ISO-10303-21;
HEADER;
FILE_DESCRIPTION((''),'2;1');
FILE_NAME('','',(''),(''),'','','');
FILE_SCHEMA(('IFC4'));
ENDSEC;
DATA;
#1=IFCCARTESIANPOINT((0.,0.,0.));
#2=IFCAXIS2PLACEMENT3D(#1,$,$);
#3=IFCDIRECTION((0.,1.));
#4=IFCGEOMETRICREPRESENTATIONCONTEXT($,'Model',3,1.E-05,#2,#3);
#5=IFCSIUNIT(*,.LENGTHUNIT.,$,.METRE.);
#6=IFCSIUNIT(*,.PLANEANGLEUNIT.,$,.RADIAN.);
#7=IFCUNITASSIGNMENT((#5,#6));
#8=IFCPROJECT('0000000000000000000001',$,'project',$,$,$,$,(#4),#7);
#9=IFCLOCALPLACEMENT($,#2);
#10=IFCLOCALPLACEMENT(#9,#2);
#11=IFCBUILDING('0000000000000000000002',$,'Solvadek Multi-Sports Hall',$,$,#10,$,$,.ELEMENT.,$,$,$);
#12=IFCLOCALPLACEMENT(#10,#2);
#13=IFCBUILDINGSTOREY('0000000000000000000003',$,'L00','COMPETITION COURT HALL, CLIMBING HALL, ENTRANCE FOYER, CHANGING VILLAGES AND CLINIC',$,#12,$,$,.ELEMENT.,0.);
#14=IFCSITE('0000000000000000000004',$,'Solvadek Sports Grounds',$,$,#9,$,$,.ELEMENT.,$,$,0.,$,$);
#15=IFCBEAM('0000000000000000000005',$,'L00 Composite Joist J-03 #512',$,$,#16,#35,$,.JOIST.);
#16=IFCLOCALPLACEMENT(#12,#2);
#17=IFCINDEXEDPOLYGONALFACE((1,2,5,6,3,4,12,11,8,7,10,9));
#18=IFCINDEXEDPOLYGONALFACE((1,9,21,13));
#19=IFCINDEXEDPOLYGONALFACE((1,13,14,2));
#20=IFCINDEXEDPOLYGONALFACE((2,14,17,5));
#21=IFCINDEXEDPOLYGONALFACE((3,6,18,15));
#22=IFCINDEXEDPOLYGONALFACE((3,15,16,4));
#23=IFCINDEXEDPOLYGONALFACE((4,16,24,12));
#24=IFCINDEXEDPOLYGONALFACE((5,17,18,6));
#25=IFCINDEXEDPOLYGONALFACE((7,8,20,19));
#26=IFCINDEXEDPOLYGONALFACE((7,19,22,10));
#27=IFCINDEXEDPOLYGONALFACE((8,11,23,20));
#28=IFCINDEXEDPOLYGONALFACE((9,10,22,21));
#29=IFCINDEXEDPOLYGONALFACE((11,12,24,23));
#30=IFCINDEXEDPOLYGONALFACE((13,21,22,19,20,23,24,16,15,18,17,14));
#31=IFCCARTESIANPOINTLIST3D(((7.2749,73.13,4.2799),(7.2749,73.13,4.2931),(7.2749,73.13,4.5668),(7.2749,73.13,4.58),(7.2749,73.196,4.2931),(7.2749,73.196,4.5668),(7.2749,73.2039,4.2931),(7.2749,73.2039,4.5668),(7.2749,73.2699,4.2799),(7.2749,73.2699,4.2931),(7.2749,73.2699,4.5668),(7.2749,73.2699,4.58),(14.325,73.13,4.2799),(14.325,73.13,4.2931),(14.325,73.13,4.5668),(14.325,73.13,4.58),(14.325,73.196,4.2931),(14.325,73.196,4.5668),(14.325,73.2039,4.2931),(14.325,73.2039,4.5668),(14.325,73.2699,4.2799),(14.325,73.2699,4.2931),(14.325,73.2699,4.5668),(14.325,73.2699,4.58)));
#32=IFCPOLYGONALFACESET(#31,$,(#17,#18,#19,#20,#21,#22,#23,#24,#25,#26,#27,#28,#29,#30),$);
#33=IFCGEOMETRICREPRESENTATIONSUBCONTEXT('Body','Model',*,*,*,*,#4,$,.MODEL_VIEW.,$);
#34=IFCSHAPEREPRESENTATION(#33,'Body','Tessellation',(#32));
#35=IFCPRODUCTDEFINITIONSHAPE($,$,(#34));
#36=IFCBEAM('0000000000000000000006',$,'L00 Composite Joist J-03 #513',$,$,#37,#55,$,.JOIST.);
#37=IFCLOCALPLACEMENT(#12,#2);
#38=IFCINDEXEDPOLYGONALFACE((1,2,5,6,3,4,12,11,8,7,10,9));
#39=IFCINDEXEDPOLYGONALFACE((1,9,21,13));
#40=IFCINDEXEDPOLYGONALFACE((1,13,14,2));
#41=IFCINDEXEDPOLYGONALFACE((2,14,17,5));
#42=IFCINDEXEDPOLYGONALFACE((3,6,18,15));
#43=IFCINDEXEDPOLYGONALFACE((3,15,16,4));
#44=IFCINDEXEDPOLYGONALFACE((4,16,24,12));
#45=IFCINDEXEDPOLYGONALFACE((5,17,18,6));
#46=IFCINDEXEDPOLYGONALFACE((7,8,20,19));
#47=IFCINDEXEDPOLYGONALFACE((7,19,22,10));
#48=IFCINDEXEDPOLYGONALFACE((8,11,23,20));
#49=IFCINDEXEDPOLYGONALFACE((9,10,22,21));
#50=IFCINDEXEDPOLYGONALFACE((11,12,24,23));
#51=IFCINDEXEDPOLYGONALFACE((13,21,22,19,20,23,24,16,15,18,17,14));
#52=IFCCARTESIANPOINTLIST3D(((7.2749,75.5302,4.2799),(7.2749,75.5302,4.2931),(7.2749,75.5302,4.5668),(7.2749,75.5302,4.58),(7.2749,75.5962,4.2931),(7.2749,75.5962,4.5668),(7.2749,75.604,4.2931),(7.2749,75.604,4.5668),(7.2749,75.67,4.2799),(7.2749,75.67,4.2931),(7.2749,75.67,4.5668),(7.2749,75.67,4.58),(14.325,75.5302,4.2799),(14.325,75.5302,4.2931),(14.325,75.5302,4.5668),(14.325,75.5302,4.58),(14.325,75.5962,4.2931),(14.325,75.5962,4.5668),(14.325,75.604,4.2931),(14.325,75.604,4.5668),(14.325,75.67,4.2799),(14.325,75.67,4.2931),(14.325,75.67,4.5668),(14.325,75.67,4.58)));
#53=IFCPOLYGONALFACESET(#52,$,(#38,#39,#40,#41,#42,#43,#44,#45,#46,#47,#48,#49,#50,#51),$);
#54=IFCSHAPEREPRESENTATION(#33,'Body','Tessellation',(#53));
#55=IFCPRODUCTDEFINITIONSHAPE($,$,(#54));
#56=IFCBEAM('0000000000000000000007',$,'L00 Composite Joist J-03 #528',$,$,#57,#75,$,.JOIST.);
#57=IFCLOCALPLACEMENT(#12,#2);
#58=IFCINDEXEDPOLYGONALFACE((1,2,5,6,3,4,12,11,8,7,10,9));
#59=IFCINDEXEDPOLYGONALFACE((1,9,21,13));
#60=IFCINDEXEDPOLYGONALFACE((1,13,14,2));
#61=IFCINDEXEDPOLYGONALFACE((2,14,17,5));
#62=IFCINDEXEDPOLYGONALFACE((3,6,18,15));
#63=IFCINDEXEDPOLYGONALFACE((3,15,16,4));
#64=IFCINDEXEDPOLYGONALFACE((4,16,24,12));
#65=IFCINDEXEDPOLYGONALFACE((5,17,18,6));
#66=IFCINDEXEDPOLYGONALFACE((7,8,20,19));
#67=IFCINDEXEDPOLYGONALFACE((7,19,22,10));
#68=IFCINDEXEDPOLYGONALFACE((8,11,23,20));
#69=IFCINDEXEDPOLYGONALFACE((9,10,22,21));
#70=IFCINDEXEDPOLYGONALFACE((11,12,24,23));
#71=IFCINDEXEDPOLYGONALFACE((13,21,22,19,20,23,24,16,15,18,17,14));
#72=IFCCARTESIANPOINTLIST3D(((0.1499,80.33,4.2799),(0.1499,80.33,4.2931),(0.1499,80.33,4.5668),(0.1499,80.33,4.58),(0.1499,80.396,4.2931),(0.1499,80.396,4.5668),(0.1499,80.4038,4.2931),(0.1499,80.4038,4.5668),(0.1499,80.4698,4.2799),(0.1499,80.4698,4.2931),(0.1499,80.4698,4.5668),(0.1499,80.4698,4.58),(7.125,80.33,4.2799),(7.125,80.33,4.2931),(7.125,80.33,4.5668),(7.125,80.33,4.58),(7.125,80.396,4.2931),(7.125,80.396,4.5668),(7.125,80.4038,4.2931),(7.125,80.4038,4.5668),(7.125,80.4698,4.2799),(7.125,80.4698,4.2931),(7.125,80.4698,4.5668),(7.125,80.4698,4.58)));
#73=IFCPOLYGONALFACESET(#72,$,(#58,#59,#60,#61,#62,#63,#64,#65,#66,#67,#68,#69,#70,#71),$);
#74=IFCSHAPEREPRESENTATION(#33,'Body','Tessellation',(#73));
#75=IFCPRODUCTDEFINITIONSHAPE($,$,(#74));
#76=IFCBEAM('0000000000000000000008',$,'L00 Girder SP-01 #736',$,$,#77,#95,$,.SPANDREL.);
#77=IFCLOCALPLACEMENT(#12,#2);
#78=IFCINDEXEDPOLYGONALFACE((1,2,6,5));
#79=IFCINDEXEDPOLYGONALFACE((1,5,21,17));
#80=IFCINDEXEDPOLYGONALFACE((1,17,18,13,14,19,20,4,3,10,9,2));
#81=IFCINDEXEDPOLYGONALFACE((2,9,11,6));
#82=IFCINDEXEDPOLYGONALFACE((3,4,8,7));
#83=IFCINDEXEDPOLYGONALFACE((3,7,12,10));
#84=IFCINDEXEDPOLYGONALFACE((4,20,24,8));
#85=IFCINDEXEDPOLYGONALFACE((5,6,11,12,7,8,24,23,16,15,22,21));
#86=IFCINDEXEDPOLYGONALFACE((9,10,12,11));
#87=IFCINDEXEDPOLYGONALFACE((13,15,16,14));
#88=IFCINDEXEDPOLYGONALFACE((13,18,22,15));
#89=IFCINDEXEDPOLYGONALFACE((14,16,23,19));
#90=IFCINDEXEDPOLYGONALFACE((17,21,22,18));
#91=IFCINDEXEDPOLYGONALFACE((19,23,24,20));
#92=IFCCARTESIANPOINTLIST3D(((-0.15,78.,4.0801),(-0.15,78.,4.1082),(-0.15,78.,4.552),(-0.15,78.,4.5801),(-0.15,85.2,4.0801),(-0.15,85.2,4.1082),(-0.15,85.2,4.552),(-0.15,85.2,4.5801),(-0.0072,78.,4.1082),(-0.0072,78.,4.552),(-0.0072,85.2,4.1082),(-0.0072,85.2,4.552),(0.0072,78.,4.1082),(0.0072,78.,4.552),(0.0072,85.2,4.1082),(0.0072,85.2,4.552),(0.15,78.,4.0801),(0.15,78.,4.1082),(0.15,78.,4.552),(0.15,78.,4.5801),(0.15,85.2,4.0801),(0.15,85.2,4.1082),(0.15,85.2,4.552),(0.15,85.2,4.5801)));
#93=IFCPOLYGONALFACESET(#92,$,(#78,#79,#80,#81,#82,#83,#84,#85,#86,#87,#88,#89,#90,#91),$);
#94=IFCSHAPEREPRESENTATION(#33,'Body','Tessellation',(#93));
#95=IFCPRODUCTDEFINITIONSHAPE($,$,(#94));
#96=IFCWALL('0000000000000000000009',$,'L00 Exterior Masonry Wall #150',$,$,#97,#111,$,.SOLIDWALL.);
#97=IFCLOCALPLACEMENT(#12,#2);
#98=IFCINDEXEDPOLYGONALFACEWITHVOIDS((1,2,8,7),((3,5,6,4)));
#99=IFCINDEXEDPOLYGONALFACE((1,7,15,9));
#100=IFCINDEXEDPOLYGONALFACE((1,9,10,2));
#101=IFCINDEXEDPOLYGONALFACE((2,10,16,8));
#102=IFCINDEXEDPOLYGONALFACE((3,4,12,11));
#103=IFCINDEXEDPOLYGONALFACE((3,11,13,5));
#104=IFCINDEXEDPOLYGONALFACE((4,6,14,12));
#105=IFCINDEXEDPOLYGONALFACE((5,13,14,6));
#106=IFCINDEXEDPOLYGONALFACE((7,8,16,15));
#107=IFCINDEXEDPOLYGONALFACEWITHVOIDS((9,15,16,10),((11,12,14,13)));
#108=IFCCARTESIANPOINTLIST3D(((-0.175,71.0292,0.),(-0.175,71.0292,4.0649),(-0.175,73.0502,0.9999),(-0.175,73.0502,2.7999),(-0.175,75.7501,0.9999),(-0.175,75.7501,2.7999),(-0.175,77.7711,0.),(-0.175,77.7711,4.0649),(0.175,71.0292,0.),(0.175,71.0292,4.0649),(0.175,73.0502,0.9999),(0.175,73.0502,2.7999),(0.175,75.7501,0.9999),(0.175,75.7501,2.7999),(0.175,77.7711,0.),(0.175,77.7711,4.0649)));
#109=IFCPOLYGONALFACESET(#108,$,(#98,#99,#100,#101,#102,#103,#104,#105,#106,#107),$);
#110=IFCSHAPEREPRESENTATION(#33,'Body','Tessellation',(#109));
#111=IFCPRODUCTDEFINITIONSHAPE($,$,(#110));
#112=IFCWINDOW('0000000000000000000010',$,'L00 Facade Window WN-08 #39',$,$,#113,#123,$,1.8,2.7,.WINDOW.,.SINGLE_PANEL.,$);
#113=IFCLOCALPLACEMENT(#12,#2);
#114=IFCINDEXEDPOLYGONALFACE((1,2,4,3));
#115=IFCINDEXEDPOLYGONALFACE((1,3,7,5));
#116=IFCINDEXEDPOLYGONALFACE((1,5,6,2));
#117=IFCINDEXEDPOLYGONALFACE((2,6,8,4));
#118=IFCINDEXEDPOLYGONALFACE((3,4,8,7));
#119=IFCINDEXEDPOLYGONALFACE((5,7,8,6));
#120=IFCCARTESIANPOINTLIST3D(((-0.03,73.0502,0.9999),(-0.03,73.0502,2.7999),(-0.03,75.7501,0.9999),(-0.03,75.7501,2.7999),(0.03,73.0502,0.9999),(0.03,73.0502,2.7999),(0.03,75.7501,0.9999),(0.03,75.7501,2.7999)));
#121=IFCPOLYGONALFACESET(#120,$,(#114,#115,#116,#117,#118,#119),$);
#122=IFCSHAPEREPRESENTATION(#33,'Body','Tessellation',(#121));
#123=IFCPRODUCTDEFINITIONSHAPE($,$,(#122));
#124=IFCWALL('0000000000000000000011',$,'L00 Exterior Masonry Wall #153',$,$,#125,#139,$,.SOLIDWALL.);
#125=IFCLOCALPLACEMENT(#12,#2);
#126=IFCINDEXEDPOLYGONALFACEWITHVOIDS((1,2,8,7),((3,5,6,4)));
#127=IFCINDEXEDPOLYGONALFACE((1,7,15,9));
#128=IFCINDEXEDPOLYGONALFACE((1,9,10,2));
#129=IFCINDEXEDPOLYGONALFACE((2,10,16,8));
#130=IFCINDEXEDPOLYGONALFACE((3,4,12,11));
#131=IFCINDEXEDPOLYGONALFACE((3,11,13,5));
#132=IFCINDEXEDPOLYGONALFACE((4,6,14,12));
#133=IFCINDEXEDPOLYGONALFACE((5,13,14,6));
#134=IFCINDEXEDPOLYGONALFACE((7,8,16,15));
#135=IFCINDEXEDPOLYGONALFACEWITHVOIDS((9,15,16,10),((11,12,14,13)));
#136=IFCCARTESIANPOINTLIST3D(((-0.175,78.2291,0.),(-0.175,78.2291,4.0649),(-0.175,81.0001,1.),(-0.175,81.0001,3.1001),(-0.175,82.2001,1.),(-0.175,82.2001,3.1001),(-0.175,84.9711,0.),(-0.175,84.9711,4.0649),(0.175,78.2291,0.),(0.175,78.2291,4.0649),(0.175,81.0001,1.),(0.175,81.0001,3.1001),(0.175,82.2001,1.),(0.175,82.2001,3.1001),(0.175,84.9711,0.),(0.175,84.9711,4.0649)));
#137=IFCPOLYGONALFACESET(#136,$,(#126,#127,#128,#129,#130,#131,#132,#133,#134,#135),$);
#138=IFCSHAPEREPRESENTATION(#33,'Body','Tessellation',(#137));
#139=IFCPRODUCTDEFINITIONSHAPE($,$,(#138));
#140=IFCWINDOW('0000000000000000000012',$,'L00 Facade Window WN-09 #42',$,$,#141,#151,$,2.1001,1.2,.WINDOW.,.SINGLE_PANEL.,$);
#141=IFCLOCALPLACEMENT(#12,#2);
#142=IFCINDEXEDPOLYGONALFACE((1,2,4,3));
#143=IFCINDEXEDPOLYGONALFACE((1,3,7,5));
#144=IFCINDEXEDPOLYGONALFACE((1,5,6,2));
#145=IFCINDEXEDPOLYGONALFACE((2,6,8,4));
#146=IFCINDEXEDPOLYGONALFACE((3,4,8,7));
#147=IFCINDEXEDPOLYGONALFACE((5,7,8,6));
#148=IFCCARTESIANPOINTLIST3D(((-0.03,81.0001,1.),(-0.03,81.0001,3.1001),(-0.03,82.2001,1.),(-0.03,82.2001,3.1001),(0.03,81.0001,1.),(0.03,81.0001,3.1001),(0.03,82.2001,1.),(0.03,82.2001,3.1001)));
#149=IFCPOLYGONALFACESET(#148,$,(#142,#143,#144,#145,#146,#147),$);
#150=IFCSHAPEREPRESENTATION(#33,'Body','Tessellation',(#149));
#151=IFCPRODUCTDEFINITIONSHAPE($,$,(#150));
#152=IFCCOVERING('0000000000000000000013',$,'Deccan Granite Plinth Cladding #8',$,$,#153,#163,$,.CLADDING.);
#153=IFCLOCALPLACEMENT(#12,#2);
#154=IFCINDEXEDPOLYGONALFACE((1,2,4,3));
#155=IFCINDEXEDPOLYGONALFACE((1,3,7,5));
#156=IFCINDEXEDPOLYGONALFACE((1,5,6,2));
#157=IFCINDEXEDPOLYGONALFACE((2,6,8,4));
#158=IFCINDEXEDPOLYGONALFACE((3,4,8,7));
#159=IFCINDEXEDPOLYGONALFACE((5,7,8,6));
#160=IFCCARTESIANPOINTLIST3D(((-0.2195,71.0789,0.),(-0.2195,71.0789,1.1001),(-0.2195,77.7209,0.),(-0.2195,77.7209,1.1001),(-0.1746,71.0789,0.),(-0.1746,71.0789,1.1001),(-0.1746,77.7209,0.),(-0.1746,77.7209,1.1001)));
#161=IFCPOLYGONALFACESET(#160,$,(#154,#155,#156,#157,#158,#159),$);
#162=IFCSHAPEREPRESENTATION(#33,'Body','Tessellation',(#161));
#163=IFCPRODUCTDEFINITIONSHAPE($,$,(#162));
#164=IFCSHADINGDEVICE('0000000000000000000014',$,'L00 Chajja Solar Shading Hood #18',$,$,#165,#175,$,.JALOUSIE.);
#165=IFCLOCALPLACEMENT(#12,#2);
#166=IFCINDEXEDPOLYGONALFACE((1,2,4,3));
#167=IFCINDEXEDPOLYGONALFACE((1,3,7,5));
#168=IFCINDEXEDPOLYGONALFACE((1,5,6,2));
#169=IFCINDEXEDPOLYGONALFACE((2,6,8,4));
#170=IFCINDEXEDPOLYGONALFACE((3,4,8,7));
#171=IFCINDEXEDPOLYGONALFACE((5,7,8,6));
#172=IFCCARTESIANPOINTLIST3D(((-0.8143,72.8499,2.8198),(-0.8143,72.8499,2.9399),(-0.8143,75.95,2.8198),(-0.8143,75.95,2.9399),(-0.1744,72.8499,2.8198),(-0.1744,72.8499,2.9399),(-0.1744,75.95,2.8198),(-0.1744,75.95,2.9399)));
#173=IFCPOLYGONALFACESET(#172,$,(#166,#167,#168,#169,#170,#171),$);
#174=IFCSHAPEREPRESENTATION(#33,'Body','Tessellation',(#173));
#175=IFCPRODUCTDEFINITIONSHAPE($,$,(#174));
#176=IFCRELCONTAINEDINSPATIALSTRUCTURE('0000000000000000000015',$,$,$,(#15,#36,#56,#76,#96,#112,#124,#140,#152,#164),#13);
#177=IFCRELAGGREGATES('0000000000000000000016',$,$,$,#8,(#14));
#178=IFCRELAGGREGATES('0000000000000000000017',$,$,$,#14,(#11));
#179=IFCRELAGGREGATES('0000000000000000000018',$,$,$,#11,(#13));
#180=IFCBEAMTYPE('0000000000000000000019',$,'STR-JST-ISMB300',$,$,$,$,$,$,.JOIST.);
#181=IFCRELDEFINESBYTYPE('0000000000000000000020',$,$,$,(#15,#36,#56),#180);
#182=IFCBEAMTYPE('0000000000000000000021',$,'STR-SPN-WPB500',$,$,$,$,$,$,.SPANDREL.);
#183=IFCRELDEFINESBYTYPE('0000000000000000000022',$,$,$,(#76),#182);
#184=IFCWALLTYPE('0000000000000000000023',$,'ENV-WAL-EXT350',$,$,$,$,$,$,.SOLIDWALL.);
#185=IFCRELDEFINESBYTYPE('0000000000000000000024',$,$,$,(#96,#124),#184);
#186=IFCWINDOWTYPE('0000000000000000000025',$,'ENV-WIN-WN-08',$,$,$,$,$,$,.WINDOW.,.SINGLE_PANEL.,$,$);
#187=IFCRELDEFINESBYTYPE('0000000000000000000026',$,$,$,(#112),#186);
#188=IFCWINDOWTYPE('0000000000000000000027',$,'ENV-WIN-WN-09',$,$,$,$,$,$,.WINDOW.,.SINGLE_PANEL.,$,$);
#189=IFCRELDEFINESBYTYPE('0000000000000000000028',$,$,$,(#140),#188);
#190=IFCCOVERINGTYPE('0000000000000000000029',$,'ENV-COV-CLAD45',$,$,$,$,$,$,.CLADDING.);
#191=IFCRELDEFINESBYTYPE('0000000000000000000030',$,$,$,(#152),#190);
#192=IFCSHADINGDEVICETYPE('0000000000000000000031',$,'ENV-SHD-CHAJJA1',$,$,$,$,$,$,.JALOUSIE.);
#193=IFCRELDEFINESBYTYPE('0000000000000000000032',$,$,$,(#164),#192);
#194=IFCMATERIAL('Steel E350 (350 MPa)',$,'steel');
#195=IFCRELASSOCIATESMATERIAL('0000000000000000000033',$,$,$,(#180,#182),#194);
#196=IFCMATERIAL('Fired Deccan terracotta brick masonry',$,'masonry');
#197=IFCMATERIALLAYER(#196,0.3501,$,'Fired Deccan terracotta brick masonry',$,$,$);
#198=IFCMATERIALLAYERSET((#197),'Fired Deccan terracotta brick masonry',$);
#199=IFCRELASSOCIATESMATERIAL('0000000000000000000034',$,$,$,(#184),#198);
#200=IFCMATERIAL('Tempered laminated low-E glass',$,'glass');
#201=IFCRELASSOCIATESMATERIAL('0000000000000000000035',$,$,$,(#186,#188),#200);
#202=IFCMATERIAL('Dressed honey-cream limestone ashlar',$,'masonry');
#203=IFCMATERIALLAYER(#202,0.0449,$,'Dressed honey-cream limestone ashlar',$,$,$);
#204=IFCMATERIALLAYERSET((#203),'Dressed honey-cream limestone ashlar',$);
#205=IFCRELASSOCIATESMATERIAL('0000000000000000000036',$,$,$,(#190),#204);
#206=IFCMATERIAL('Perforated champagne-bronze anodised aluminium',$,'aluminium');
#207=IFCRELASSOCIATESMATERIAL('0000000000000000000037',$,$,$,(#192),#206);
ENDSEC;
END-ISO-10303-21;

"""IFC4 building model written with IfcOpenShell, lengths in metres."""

from ifc_helpers import new_model, si_unit, direction, frame, frame_2d, origin, origin_2d, place, context, subcontext, project, spatial, rectangle, i_section, extrude, material, layer, layer_set, material_profile, profile_set, type_object, element, fill, save


model = new_model("IFC4")

# Units and contexts
model_context = context("Model", 3, precision=1e-05, world=origin(), true_north=direction((0.0, 1.0)))
body_context = subcontext(model_context, "Body", "Model", "MODEL_VIEW")
ifc_project = project(units=[si_unit("LENGTHUNIT", "METRE"), si_unit("PLANEANGLEUNIT", "RADIAN")], contexts=[model_context])

# Site, building, storey
site_placement = place(None, origin())
site = spatial("IfcSite", under=ifc_project, at=site_placement, Name="Solvadek Sports Grounds", CompositionType="ELEMENT", RefElevation=0.0)
building_placement = place(site_placement, origin())
building = spatial("IfcBuilding", under=site, at=building_placement, Name="Solvadek Multi-Sports Hall", CompositionType="ELEMENT")
storey_placement = place(building_placement, origin())
storey = spatial("IfcBuildingStorey", under=building, at=storey_placement, Name="L00", Description="COMPETITION COURT HALL, CLIMBING HALL, ENTRANCE FOYER, CHANGING VILLAGES AND CLINIC", CompositionType="ELEMENT", Elevation=0.0)

# Shared definitions
ifc_material_1 = material(Name="Steel E350 (350 MPa)", Category="steel")

# Beams
ifc_material_profile_1 = material_profile(ifc_material_1, i_section(OverallWidth=0.1399, OverallDepth=0.3, WebThickness=0.0078, FlangeThickness=0.0132, at=origin_2d()), Name="ISMB 300")
ifc_profile_set_1 = profile_set([ifc_material_profile_1], Name="Steel E350 (350 MPa)")
beam_type_1 = type_object("IfcBeamType", Name="STR-JST-ISMB300", PredefinedType="JOIST", material=ifc_profile_set_1)
for number, where, z_axis, x_axis, name in (
    (1, (7.2749, 73.2, 4.4299), (1.0, 0.0, 0.0), (0.0, 1.0, 0.0), "L00 Composite Joist J-03 #512"),
    (2, (7.2749, 75.6001, 4.4299), (1.0, 0.0, 0.0), (0.0, 1.0, 0.0), "L00 Composite Joist J-03 #513"),
):
    element("IfcBeam", number, at=place(storey_placement, frame(where, z_axis=z_axis, x_axis=x_axis)), inside=storey, type_object=beam_type_1, Name=name, PredefinedType="JOIST", context=body_context, shape_type="SweptSolid", body=[
        extrude(i_section(OverallWidth=0.1399, OverallDepth=0.3, WebThickness=0.0078, FlangeThickness=0.0132, at=origin_2d()), origin(), (0.0, 0.0, 1.0), 7.05),
    ])
beam_1_placement = place(storey_placement, frame((0.1499, 80.3999, 4.4299), z_axis=(1.0, 0.0, 0.0), x_axis=(0.0, 1.0, 0.0)))
element("IfcBeam", 3, at=beam_1_placement, inside=storey, type_object=beam_type_1, Name="L00 Composite Joist J-03 #528", PredefinedType="JOIST", context=body_context, shape_type="SweptSolid", body=[
    extrude(i_section(OverallWidth=0.1399, OverallDepth=0.3, WebThickness=0.0078, FlangeThickness=0.0132, at=origin_2d()), origin(), (0.0, 0.0, 1.0), 6.9751),
])
ifc_material_profile_2 = material_profile(ifc_material_1, i_section(OverallWidth=0.3, OverallDepth=0.5, WebThickness=0.0144, FlangeThickness=0.0281, at=origin_2d()), Name="WPB 500")
ifc_profile_set_2 = profile_set([ifc_material_profile_2], Name="Steel E350 (350 MPa)")
beam_type_2 = type_object("IfcBeamType", Name="STR-SPN-WPB500", PredefinedType="SPANDREL", material=ifc_profile_set_2)
beam_2_placement = place(storey_placement, frame((0.0, 78.0, 4.3301), z_axis=(0.0, 1.0, 0.0), x_axis=(-1.0, 0.0, 0.0)))
element("IfcBeam", 4, at=beam_2_placement, inside=storey, type_object=beam_type_2, Name="L00 Girder SP-01 #736", PredefinedType="SPANDREL", context=body_context, shape_type="SweptSolid", body=[
    extrude(i_section(OverallWidth=0.3, OverallDepth=0.5, WebThickness=0.0144, FlangeThickness=0.0281, at=origin_2d()), origin(), (0.0, 0.0, 1.0), 7.2),
])

# Walls, openings, windows
ifc_material_2 = material(Name="Fired Deccan terracotta brick masonry", Category="masonry")
ifc_layer_1 = layer(ifc_material_2, 0.3501, Name="Fired Deccan terracotta brick masonry")
ifc_layer_set_1 = layer_set([ifc_layer_1], Name="Fired Deccan terracotta brick masonry")
wall_type = type_object("IfcWallType", Name="ENV-WAL-EXT350", PredefinedType="SOLIDWALL", material=ifc_layer_set_1)
wall_1_placement = place(storey_placement, frame((0.0, 71.0291, 0.0), z_axis=(0.0, 0.0, 1.0), x_axis=(0.0, 1.0, 0.0)))
wall_1 = element("IfcWall", 5, at=wall_1_placement, inside=storey, type_object=wall_type, Name="L00 Exterior Masonry Wall #150", PredefinedType="SOLIDWALL", context=body_context, shape_type="SweptSolid", body=[
    extrude(rectangle(XDim=6.7419, YDim=0.3501, at=frame_2d((3.3711, 0.0))), origin(), (0.0, 0.0, 1.0), 4.0649),
])
opening_1_placement = place(wall_1_placement, frame((2.021, 0.0, 1.0)))
opening_1 = element("IfcOpeningElement", 6, at=opening_1_placement, cuts=wall_1, PredefinedType="OPENING", context=body_context, shape_type="SweptSolid", body=[
    extrude(rectangle(XDim=2.7, YDim=1.8, at=frame_2d((1.3501, 0.8999))), frame((0.0, 0.1851, 0.0), z_axis=(0.0, -1.0, 0.0), x_axis=(1.0, 0.0, 0.0)), (0.0, 0.0, 1.0), 0.3701),
])
ifc_material_3 = material(Name="Tempered laminated low-E glass", Category="glass")
window_type_1 = type_object("IfcWindowType", Name="ENV-WIN-WN-08", PartitioningType="SINGLE_PANEL", PredefinedType="WINDOW", material=ifc_material_3)
window_1_placement = place(opening_1_placement, origin())
window_1 = element("IfcWindow", 7, at=window_1_placement, inside=storey, type_object=window_type_1, Name="L00 Facade Window WN-08 #39", OverallHeight=1.8, OverallWidth=2.7, PartitioningType="SINGLE_PANEL", PredefinedType="WINDOW", context=body_context, shape_type="SweptSolid", body=[
    extrude(rectangle(XDim=2.7, YDim=1.8, at=frame_2d((1.3501, 0.8999))), frame((0.0, 0.03, 0.0), z_axis=(0.0, -1.0, 0.0), x_axis=(1.0, 0.0, 0.0)), (0.0, 0.0, 1.0), 0.0601),
])
fill(opening_1, window_1)
wall_2_placement = place(storey_placement, frame((0.0, 78.229, 0.0), z_axis=(0.0, 0.0, 1.0), x_axis=(0.0, 1.0, 0.0)))
wall_2 = element("IfcWall", 8, at=wall_2_placement, inside=storey, type_object=wall_type, Name="L00 Exterior Masonry Wall #153", PredefinedType="SOLIDWALL", context=body_context, shape_type="SweptSolid", body=[
    extrude(rectangle(XDim=6.7419, YDim=0.3501, at=frame_2d((3.3711, 0.0))), origin(), (0.0, 0.0, 1.0), 4.0649),
])
opening_2_placement = place(wall_2_placement, frame((2.771, 0.0, 1.0)))
opening_2 = element("IfcOpeningElement", 9, at=opening_2_placement, cuts=wall_2, PredefinedType="OPENING", context=body_context, shape_type="SweptSolid", body=[
    extrude(rectangle(XDim=1.2, YDim=2.1001, at=frame_2d((0.6001, 1.05))), frame((0.0, 0.1851, 0.0), z_axis=(0.0, -1.0, 0.0), x_axis=(1.0, 0.0, 0.0)), (0.0, 0.0, 1.0), 0.3701),
])
window_type_2 = type_object("IfcWindowType", Name="ENV-WIN-WN-09", PartitioningType="SINGLE_PANEL", PredefinedType="WINDOW", material=ifc_material_3)
window_2_placement = place(opening_2_placement, origin())
window_2 = element("IfcWindow", 10, at=window_2_placement, inside=storey, type_object=window_type_2, Name="L00 Facade Window WN-09 #42", OverallHeight=2.1001, OverallWidth=1.2, PartitioningType="SINGLE_PANEL", PredefinedType="WINDOW", context=body_context, shape_type="SweptSolid", body=[
    extrude(rectangle(XDim=1.2, YDim=2.1001, at=frame_2d((0.6001, 1.05))), frame((0.0, 0.03, 0.0), z_axis=(0.0, -1.0, 0.0), x_axis=(1.0, 0.0, 0.0)), (0.0, 0.0, 1.0), 0.0601),
])
fill(opening_2, window_2)

# Covering
ifc_material_4 = material(Name="Dressed honey-cream limestone ashlar", Category="masonry")
ifc_layer_2 = layer(ifc_material_4, 0.0449, Name="Dressed honey-cream limestone ashlar")
ifc_layer_set_2 = layer_set([ifc_layer_2], Name="Dressed honey-cream limestone ashlar")
covering_type = type_object("IfcCoveringType", Name="ENV-COV-CLAD45", PredefinedType="CLADDING", material=ifc_layer_set_2)
covering_placement = place(storey_placement, frame((-0.197, 74.3999, 0.0), z_axis=(0.0, 0.0, 1.0), x_axis=(0.0, 1.0, 0.0)))
element("IfcCovering", 11, at=covering_placement, inside=storey, type_object=covering_type, Name="Deccan Granite Plinth Cladding #8", PredefinedType="CLADDING", context=body_context, shape_type="SweptSolid", body=[
    extrude(rectangle(XDim=6.6421, YDim=0.0449, at=origin_2d()), origin(), (0.0, 0.0, 1.0), 1.1001),
])

# Shading device
ifc_material_5 = material(Name="Perforated champagne-bronze anodised aluminium", Category="aluminium")
shading_device_type_1 = type_object("IfcShadingDeviceType", Name="ENV-SHD-CHAJJA1", PredefinedType="JALOUSIE", material=ifc_material_5)
shading_device_1_placement = place(storey_placement, frame((-0.4944, 74.3999, 2.8198), z_axis=(0.0, 0.0, 1.0), x_axis=(0.0, 1.0, 0.0)))
element("IfcShadingDevice", 12, at=shading_device_1_placement, inside=storey, type_object=shading_device_type_1, Name="L00 Chajja Solar Shading Hood #18", PredefinedType="JALOUSIE", context=body_context, shape_type="SweptSolid", body=[
    extrude(rectangle(XDim=3.1001, YDim=0.6399, at=origin_2d()), origin(), (0.0, 0.0, 1.0), 0.1201),
])

save(model, "model.ifc")
